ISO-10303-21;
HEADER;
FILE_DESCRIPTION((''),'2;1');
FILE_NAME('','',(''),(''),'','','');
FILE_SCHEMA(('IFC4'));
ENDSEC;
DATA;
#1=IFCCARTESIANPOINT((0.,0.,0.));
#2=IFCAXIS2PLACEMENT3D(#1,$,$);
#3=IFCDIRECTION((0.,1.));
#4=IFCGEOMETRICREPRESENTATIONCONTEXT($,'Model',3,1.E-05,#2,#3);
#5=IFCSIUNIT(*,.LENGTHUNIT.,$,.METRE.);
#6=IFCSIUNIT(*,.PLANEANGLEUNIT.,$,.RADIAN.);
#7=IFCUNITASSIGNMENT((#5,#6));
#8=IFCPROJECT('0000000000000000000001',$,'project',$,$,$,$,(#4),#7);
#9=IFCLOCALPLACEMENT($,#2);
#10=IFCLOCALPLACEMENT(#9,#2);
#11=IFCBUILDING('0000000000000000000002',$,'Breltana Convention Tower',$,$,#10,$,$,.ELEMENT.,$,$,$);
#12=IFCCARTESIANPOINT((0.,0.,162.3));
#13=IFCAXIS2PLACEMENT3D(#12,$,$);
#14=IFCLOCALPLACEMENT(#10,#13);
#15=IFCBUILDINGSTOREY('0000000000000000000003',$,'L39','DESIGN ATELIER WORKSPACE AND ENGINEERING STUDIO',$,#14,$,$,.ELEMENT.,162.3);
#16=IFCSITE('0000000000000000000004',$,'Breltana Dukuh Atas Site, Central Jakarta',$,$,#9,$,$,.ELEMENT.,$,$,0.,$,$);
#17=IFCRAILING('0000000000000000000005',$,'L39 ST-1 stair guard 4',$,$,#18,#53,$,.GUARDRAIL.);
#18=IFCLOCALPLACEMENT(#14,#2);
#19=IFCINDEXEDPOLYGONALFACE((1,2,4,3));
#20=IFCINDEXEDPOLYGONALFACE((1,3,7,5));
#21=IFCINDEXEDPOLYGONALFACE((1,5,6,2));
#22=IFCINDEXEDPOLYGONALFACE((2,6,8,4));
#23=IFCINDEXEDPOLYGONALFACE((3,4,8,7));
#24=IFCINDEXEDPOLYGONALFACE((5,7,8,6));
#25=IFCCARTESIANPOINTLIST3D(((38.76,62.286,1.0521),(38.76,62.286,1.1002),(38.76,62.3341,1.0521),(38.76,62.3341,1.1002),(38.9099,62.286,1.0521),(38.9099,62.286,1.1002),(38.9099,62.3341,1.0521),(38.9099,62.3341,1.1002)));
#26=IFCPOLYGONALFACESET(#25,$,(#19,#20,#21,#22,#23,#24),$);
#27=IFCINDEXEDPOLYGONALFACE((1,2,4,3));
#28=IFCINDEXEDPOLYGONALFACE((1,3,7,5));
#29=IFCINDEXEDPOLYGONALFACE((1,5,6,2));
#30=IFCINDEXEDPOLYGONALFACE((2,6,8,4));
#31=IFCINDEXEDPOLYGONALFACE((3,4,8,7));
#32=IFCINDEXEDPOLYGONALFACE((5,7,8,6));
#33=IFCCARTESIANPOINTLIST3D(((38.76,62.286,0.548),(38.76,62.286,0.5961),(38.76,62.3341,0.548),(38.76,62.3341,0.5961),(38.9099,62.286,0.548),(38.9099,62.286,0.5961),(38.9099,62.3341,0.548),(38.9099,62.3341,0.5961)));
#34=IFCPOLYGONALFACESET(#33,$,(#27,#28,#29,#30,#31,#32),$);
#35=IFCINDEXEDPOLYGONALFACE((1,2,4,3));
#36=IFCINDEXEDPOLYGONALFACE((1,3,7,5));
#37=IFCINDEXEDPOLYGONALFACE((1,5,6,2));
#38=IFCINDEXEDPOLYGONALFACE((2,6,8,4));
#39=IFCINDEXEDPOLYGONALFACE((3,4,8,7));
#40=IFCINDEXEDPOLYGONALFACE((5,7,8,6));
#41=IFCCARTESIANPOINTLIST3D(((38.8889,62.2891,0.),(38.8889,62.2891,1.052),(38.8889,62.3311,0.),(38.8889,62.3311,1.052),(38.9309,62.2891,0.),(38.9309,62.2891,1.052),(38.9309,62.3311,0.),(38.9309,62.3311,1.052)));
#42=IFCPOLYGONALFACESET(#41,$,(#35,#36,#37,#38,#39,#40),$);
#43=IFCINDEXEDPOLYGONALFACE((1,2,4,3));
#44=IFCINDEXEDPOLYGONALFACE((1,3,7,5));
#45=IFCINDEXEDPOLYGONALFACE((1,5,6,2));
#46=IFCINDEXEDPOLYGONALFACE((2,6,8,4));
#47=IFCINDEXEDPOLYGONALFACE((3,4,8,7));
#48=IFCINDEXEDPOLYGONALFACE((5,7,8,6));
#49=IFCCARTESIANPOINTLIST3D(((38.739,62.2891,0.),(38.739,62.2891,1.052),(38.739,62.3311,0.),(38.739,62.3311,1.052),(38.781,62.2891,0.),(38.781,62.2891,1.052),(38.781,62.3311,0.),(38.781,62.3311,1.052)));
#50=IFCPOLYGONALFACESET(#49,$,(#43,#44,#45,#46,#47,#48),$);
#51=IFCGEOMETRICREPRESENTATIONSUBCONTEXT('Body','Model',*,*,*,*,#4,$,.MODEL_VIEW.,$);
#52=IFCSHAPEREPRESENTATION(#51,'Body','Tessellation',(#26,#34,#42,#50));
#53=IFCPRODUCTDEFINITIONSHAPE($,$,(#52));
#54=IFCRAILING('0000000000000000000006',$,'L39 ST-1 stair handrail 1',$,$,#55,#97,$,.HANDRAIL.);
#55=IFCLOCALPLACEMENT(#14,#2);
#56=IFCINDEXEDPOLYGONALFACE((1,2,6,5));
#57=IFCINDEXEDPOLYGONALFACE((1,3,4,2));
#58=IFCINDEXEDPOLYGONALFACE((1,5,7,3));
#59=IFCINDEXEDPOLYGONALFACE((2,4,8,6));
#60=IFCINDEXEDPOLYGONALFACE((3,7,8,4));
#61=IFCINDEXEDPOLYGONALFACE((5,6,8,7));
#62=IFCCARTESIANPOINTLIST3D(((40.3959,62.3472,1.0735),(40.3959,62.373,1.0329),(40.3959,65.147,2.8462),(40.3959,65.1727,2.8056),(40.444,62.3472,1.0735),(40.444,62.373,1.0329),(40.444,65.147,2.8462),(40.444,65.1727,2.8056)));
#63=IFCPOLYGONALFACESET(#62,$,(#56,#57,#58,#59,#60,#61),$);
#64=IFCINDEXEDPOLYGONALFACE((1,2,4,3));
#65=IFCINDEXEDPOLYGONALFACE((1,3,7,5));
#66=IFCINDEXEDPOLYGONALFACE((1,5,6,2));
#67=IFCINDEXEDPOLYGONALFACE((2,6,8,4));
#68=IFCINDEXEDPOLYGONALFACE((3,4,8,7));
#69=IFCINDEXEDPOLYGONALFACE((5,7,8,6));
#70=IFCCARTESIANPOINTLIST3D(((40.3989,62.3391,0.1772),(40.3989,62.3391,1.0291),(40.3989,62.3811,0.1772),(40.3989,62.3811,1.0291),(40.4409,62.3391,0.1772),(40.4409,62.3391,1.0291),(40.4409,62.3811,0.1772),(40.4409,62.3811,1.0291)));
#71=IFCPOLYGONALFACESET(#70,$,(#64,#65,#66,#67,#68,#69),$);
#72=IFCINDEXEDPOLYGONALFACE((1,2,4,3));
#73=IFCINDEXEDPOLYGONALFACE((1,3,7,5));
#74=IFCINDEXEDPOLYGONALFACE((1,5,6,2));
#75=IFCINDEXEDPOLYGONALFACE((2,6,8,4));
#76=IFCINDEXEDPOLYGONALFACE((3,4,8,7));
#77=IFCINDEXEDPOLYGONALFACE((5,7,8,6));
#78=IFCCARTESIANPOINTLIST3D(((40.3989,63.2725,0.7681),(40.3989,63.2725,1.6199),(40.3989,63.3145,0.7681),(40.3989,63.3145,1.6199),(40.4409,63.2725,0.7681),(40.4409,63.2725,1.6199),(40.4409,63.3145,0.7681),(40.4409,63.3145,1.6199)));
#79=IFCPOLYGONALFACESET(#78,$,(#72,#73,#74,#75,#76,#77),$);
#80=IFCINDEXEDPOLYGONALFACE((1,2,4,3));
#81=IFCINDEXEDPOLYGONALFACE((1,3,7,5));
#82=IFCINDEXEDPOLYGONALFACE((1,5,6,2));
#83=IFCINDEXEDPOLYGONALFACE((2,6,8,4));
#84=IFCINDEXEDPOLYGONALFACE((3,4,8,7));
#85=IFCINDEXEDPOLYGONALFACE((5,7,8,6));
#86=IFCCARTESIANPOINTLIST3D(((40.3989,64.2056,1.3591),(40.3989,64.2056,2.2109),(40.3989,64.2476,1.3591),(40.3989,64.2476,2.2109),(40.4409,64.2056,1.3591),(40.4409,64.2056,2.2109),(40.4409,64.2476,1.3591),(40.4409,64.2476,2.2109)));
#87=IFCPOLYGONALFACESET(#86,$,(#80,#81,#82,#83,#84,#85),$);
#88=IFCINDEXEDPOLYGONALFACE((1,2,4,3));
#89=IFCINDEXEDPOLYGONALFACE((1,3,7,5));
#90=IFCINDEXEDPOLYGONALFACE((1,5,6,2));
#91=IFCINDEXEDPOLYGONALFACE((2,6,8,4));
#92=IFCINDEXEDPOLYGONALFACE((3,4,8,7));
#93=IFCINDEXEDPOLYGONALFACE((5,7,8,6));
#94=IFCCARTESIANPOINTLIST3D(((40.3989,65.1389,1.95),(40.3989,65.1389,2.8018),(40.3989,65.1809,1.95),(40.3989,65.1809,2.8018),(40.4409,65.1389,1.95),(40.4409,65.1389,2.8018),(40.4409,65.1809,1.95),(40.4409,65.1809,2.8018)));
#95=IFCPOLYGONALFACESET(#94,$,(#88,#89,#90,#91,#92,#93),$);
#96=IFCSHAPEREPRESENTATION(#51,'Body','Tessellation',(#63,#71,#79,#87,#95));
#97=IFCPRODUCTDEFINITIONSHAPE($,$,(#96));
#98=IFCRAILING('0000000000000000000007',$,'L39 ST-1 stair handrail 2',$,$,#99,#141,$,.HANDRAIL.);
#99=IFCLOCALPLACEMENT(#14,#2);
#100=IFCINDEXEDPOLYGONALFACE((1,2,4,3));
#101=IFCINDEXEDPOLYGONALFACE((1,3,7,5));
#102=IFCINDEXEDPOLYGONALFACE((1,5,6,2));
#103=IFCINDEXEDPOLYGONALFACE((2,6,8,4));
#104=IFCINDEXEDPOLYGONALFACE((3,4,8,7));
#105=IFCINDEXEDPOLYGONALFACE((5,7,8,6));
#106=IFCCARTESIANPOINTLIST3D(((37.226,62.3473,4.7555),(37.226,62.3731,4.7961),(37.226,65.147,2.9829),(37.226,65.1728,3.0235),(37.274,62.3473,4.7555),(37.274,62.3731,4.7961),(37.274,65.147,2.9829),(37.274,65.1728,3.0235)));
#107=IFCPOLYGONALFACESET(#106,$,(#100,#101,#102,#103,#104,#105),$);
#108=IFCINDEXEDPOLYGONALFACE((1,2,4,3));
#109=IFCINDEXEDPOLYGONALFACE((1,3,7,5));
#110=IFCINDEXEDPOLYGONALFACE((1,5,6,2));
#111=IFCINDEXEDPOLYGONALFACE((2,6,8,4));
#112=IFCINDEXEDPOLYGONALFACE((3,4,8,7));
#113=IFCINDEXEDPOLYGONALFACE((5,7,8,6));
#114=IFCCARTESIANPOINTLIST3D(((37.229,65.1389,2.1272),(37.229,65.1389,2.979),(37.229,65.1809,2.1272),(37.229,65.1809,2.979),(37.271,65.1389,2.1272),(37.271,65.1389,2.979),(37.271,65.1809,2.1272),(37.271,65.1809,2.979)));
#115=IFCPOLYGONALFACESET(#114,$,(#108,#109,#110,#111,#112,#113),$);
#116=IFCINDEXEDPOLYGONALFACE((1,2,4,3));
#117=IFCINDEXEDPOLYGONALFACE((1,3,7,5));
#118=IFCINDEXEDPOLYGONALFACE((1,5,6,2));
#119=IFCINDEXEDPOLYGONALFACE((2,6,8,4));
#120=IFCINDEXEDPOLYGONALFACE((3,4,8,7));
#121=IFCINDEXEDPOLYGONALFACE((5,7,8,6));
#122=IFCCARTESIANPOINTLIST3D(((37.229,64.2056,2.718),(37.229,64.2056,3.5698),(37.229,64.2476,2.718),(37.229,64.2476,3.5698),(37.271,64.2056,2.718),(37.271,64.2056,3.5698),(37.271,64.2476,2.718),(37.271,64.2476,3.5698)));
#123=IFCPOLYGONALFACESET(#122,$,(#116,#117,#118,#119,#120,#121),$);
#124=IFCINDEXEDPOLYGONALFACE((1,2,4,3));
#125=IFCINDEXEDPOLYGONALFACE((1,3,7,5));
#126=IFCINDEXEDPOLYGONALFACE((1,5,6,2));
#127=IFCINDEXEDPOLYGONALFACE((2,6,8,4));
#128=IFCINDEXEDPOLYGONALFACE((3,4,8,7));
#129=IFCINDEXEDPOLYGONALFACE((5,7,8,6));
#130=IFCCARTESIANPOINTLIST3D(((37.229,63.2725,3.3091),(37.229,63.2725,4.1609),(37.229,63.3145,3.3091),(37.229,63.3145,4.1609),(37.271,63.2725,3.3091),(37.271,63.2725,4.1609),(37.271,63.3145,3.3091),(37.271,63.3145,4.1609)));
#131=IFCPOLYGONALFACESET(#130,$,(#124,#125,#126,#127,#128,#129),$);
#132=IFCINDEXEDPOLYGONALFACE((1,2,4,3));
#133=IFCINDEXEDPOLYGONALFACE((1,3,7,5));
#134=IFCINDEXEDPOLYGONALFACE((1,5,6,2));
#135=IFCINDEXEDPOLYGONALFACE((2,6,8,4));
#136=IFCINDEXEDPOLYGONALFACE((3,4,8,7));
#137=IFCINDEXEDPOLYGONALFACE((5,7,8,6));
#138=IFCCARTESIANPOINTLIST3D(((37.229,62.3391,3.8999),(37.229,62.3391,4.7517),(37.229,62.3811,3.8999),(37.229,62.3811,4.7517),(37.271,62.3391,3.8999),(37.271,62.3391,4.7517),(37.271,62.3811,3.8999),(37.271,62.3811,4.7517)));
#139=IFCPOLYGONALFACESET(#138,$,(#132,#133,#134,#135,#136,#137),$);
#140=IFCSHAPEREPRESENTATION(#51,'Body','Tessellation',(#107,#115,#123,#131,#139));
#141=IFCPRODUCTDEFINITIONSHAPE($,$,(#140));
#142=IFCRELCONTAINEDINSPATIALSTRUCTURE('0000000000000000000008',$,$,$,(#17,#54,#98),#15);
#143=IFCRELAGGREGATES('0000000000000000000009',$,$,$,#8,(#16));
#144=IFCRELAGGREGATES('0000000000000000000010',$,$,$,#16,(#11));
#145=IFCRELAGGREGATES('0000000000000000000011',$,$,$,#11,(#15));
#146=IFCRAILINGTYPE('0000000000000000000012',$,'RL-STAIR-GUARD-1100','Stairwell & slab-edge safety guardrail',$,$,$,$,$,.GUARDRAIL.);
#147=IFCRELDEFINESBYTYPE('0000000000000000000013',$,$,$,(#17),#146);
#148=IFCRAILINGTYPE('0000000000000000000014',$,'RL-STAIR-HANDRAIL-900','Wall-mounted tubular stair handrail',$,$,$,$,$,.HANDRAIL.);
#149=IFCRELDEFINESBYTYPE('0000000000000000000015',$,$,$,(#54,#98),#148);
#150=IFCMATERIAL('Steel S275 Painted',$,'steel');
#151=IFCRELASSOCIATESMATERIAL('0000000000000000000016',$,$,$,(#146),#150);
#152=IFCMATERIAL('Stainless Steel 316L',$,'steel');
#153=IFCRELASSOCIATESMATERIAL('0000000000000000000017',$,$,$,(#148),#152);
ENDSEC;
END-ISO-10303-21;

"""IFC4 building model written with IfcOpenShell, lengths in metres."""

from ifc_helpers import new_model, si_unit, direction, frame, origin, origin_2d, place, context, subcontext, project, spatial, rectangle, extrude, material, type_object, element, save


model = new_model("IFC4")

# Units and contexts
model_context = context("Model", 3, precision=1e-05, world=origin(), true_north=direction((0.0, 1.0)))
body_context = subcontext(model_context, "Body", "Model", "MODEL_VIEW")
ifc_project = project(units=[si_unit("LENGTHUNIT", "METRE"), si_unit("PLANEANGLEUNIT", "RADIAN")], contexts=[model_context])

# Site, building, storey
site_placement = place(None, origin())
site = spatial("IfcSite", under=ifc_project, at=site_placement, Name="Breltana Dukuh Atas Site, Central Jakarta", CompositionType="ELEMENT", RefElevation=0.0)
building_placement = place(site_placement, origin())
building = spatial("IfcBuilding", under=site, at=building_placement, Name="Breltana Convention Tower", CompositionType="ELEMENT")
storey_placement = place(building_placement, frame((0.0, 0.0, 162.3)))
storey = spatial("IfcBuildingStorey", under=building, at=storey_placement, Name="L39", Description="DESIGN ATELIER WORKSPACE AND ENGINEERING STUDIO", CompositionType="ELEMENT", Elevation=162.3)

# Railings
ifc_material_1 = material(Name="Steel S275 Painted", Category="steel")
railing_type_1 = type_object("IfcRailingType", Name="RL-STAIR-GUARD-1100", Description="Stairwell & slab-edge safety guardrail", PredefinedType="GUARDRAIL", material=ifc_material_1)
railing_1_placement = place(storey_placement, frame((38.9099, 62.3101, 0.0)))
element("IfcRailing", 1, at=railing_1_placement, inside=storey, type_object=railing_type_1, Name="L39 ST-1 stair guard 4", PredefinedType="GUARDRAIL", context=body_context, shape_type="SweptSolid", body=[
    extrude(rectangle(XDim=0.0481, YDim=0.0481, at=origin_2d()), frame((0.0, 0.0, 1.0762), z_axis=(-1.0, 0.0, 0.0), x_axis=(0.0, -1.0, 0.0)), (0.0, 0.0, 1.0), 0.1499),
    extrude(rectangle(XDim=0.0481, YDim=0.0481, at=origin_2d()), frame((0.0, 0.0, 0.572), z_axis=(-1.0, 0.0, 0.0), x_axis=(0.0, -1.0, 0.0)), (0.0, 0.0, 1.0), 0.1499),
    extrude(rectangle(XDim=0.042, YDim=0.042, at=origin_2d()), origin(), (0.0, 0.0, 1.0), 1.052),
    extrude(rectangle(XDim=0.042, YDim=0.042, at=origin_2d()), frame((-0.1499, 0.0, 0.0)), (0.0, 0.0, 1.0), 1.052),
])
ifc_material_2 = material(Name="Stainless Steel 316L", Category="steel")
railing_type_2 = type_object("IfcRailingType", Name="RL-STAIR-HANDRAIL-900", Description="Wall-mounted tubular stair handrail", PredefinedType="HANDRAIL", material=ifc_material_2)
railing_2_placement = place(storey_placement, frame((40.4199, 62.3601, 0.1772)))
element("IfcRailing", 2, at=railing_2_placement, inside=storey, type_object=railing_type_2, Name="L39 ST-1 stair handrail 1", PredefinedType="HANDRAIL", context=body_context, shape_type="SweptSolid", body=[
    extrude(rectangle(XDim=0.0481, YDim=0.0481, at=origin_2d()), frame((0.0, 0.0, 0.876), z_axis=(0.0, 0.844888, 0.534943), x_axis=(-1.0, 0.0, 0.0)), (0.0, 0.0, 1.0), 3.3137),
    extrude(rectangle(XDim=0.042, YDim=0.042, at=origin_2d()), origin(), (0.0, 0.0, 1.0), 0.8518),
    extrude(rectangle(XDim=0.042, YDim=0.042, at=origin_2d()), frame((0.0, 0.9333, 0.5908)), (0.0, 0.0, 1.0), 0.8518),
    extrude(rectangle(XDim=0.042, YDim=0.042, at=origin_2d()), frame((0.0, 1.8665, 1.1819)), (0.0, 0.0, 1.0), 0.8518),
    extrude(rectangle(XDim=0.042, YDim=0.042, at=origin_2d()), frame((0.0, 2.7998, 1.7727)), (0.0, 0.0, 1.0), 0.8518),
])
railing_3_placement = place(storey_placement, frame((37.25, 65.1599, 2.1272)))
element("IfcRailing", 3, at=railing_3_placement, inside=storey, type_object=railing_type_2, Name="L39 ST-1 stair handrail 2", PredefinedType="HANDRAIL", context=body_context, shape_type="SweptSolid", body=[
    extrude(rectangle(XDim=0.0481, YDim=0.0481, at=origin_2d()), frame((0.0, 0.0, 0.876), z_axis=(0.0, -0.844888, 0.534943), x_axis=(1.0, 0.0, 0.0)), (0.0, 0.0, 1.0), 3.3137),
    extrude(rectangle(XDim=0.042, YDim=0.042, at=origin_2d()), origin(), (0.0, 0.0, 1.0), 0.8518),
    extrude(rectangle(XDim=0.042, YDim=0.042, at=origin_2d()), frame((0.0, -0.9333, 0.5908)), (0.0, 0.0, 1.0), 0.8518),
    extrude(rectangle(XDim=0.042, YDim=0.042, at=origin_2d()), frame((0.0, -1.8665, 1.1819)), (0.0, 0.0, 1.0), 0.8518),
    extrude(rectangle(XDim=0.042, YDim=0.042, at=origin_2d()), frame((0.0, -2.7998, 1.7727)), (0.0, 0.0, 1.0), 0.8518),
])

save(model, "model.ifc")
